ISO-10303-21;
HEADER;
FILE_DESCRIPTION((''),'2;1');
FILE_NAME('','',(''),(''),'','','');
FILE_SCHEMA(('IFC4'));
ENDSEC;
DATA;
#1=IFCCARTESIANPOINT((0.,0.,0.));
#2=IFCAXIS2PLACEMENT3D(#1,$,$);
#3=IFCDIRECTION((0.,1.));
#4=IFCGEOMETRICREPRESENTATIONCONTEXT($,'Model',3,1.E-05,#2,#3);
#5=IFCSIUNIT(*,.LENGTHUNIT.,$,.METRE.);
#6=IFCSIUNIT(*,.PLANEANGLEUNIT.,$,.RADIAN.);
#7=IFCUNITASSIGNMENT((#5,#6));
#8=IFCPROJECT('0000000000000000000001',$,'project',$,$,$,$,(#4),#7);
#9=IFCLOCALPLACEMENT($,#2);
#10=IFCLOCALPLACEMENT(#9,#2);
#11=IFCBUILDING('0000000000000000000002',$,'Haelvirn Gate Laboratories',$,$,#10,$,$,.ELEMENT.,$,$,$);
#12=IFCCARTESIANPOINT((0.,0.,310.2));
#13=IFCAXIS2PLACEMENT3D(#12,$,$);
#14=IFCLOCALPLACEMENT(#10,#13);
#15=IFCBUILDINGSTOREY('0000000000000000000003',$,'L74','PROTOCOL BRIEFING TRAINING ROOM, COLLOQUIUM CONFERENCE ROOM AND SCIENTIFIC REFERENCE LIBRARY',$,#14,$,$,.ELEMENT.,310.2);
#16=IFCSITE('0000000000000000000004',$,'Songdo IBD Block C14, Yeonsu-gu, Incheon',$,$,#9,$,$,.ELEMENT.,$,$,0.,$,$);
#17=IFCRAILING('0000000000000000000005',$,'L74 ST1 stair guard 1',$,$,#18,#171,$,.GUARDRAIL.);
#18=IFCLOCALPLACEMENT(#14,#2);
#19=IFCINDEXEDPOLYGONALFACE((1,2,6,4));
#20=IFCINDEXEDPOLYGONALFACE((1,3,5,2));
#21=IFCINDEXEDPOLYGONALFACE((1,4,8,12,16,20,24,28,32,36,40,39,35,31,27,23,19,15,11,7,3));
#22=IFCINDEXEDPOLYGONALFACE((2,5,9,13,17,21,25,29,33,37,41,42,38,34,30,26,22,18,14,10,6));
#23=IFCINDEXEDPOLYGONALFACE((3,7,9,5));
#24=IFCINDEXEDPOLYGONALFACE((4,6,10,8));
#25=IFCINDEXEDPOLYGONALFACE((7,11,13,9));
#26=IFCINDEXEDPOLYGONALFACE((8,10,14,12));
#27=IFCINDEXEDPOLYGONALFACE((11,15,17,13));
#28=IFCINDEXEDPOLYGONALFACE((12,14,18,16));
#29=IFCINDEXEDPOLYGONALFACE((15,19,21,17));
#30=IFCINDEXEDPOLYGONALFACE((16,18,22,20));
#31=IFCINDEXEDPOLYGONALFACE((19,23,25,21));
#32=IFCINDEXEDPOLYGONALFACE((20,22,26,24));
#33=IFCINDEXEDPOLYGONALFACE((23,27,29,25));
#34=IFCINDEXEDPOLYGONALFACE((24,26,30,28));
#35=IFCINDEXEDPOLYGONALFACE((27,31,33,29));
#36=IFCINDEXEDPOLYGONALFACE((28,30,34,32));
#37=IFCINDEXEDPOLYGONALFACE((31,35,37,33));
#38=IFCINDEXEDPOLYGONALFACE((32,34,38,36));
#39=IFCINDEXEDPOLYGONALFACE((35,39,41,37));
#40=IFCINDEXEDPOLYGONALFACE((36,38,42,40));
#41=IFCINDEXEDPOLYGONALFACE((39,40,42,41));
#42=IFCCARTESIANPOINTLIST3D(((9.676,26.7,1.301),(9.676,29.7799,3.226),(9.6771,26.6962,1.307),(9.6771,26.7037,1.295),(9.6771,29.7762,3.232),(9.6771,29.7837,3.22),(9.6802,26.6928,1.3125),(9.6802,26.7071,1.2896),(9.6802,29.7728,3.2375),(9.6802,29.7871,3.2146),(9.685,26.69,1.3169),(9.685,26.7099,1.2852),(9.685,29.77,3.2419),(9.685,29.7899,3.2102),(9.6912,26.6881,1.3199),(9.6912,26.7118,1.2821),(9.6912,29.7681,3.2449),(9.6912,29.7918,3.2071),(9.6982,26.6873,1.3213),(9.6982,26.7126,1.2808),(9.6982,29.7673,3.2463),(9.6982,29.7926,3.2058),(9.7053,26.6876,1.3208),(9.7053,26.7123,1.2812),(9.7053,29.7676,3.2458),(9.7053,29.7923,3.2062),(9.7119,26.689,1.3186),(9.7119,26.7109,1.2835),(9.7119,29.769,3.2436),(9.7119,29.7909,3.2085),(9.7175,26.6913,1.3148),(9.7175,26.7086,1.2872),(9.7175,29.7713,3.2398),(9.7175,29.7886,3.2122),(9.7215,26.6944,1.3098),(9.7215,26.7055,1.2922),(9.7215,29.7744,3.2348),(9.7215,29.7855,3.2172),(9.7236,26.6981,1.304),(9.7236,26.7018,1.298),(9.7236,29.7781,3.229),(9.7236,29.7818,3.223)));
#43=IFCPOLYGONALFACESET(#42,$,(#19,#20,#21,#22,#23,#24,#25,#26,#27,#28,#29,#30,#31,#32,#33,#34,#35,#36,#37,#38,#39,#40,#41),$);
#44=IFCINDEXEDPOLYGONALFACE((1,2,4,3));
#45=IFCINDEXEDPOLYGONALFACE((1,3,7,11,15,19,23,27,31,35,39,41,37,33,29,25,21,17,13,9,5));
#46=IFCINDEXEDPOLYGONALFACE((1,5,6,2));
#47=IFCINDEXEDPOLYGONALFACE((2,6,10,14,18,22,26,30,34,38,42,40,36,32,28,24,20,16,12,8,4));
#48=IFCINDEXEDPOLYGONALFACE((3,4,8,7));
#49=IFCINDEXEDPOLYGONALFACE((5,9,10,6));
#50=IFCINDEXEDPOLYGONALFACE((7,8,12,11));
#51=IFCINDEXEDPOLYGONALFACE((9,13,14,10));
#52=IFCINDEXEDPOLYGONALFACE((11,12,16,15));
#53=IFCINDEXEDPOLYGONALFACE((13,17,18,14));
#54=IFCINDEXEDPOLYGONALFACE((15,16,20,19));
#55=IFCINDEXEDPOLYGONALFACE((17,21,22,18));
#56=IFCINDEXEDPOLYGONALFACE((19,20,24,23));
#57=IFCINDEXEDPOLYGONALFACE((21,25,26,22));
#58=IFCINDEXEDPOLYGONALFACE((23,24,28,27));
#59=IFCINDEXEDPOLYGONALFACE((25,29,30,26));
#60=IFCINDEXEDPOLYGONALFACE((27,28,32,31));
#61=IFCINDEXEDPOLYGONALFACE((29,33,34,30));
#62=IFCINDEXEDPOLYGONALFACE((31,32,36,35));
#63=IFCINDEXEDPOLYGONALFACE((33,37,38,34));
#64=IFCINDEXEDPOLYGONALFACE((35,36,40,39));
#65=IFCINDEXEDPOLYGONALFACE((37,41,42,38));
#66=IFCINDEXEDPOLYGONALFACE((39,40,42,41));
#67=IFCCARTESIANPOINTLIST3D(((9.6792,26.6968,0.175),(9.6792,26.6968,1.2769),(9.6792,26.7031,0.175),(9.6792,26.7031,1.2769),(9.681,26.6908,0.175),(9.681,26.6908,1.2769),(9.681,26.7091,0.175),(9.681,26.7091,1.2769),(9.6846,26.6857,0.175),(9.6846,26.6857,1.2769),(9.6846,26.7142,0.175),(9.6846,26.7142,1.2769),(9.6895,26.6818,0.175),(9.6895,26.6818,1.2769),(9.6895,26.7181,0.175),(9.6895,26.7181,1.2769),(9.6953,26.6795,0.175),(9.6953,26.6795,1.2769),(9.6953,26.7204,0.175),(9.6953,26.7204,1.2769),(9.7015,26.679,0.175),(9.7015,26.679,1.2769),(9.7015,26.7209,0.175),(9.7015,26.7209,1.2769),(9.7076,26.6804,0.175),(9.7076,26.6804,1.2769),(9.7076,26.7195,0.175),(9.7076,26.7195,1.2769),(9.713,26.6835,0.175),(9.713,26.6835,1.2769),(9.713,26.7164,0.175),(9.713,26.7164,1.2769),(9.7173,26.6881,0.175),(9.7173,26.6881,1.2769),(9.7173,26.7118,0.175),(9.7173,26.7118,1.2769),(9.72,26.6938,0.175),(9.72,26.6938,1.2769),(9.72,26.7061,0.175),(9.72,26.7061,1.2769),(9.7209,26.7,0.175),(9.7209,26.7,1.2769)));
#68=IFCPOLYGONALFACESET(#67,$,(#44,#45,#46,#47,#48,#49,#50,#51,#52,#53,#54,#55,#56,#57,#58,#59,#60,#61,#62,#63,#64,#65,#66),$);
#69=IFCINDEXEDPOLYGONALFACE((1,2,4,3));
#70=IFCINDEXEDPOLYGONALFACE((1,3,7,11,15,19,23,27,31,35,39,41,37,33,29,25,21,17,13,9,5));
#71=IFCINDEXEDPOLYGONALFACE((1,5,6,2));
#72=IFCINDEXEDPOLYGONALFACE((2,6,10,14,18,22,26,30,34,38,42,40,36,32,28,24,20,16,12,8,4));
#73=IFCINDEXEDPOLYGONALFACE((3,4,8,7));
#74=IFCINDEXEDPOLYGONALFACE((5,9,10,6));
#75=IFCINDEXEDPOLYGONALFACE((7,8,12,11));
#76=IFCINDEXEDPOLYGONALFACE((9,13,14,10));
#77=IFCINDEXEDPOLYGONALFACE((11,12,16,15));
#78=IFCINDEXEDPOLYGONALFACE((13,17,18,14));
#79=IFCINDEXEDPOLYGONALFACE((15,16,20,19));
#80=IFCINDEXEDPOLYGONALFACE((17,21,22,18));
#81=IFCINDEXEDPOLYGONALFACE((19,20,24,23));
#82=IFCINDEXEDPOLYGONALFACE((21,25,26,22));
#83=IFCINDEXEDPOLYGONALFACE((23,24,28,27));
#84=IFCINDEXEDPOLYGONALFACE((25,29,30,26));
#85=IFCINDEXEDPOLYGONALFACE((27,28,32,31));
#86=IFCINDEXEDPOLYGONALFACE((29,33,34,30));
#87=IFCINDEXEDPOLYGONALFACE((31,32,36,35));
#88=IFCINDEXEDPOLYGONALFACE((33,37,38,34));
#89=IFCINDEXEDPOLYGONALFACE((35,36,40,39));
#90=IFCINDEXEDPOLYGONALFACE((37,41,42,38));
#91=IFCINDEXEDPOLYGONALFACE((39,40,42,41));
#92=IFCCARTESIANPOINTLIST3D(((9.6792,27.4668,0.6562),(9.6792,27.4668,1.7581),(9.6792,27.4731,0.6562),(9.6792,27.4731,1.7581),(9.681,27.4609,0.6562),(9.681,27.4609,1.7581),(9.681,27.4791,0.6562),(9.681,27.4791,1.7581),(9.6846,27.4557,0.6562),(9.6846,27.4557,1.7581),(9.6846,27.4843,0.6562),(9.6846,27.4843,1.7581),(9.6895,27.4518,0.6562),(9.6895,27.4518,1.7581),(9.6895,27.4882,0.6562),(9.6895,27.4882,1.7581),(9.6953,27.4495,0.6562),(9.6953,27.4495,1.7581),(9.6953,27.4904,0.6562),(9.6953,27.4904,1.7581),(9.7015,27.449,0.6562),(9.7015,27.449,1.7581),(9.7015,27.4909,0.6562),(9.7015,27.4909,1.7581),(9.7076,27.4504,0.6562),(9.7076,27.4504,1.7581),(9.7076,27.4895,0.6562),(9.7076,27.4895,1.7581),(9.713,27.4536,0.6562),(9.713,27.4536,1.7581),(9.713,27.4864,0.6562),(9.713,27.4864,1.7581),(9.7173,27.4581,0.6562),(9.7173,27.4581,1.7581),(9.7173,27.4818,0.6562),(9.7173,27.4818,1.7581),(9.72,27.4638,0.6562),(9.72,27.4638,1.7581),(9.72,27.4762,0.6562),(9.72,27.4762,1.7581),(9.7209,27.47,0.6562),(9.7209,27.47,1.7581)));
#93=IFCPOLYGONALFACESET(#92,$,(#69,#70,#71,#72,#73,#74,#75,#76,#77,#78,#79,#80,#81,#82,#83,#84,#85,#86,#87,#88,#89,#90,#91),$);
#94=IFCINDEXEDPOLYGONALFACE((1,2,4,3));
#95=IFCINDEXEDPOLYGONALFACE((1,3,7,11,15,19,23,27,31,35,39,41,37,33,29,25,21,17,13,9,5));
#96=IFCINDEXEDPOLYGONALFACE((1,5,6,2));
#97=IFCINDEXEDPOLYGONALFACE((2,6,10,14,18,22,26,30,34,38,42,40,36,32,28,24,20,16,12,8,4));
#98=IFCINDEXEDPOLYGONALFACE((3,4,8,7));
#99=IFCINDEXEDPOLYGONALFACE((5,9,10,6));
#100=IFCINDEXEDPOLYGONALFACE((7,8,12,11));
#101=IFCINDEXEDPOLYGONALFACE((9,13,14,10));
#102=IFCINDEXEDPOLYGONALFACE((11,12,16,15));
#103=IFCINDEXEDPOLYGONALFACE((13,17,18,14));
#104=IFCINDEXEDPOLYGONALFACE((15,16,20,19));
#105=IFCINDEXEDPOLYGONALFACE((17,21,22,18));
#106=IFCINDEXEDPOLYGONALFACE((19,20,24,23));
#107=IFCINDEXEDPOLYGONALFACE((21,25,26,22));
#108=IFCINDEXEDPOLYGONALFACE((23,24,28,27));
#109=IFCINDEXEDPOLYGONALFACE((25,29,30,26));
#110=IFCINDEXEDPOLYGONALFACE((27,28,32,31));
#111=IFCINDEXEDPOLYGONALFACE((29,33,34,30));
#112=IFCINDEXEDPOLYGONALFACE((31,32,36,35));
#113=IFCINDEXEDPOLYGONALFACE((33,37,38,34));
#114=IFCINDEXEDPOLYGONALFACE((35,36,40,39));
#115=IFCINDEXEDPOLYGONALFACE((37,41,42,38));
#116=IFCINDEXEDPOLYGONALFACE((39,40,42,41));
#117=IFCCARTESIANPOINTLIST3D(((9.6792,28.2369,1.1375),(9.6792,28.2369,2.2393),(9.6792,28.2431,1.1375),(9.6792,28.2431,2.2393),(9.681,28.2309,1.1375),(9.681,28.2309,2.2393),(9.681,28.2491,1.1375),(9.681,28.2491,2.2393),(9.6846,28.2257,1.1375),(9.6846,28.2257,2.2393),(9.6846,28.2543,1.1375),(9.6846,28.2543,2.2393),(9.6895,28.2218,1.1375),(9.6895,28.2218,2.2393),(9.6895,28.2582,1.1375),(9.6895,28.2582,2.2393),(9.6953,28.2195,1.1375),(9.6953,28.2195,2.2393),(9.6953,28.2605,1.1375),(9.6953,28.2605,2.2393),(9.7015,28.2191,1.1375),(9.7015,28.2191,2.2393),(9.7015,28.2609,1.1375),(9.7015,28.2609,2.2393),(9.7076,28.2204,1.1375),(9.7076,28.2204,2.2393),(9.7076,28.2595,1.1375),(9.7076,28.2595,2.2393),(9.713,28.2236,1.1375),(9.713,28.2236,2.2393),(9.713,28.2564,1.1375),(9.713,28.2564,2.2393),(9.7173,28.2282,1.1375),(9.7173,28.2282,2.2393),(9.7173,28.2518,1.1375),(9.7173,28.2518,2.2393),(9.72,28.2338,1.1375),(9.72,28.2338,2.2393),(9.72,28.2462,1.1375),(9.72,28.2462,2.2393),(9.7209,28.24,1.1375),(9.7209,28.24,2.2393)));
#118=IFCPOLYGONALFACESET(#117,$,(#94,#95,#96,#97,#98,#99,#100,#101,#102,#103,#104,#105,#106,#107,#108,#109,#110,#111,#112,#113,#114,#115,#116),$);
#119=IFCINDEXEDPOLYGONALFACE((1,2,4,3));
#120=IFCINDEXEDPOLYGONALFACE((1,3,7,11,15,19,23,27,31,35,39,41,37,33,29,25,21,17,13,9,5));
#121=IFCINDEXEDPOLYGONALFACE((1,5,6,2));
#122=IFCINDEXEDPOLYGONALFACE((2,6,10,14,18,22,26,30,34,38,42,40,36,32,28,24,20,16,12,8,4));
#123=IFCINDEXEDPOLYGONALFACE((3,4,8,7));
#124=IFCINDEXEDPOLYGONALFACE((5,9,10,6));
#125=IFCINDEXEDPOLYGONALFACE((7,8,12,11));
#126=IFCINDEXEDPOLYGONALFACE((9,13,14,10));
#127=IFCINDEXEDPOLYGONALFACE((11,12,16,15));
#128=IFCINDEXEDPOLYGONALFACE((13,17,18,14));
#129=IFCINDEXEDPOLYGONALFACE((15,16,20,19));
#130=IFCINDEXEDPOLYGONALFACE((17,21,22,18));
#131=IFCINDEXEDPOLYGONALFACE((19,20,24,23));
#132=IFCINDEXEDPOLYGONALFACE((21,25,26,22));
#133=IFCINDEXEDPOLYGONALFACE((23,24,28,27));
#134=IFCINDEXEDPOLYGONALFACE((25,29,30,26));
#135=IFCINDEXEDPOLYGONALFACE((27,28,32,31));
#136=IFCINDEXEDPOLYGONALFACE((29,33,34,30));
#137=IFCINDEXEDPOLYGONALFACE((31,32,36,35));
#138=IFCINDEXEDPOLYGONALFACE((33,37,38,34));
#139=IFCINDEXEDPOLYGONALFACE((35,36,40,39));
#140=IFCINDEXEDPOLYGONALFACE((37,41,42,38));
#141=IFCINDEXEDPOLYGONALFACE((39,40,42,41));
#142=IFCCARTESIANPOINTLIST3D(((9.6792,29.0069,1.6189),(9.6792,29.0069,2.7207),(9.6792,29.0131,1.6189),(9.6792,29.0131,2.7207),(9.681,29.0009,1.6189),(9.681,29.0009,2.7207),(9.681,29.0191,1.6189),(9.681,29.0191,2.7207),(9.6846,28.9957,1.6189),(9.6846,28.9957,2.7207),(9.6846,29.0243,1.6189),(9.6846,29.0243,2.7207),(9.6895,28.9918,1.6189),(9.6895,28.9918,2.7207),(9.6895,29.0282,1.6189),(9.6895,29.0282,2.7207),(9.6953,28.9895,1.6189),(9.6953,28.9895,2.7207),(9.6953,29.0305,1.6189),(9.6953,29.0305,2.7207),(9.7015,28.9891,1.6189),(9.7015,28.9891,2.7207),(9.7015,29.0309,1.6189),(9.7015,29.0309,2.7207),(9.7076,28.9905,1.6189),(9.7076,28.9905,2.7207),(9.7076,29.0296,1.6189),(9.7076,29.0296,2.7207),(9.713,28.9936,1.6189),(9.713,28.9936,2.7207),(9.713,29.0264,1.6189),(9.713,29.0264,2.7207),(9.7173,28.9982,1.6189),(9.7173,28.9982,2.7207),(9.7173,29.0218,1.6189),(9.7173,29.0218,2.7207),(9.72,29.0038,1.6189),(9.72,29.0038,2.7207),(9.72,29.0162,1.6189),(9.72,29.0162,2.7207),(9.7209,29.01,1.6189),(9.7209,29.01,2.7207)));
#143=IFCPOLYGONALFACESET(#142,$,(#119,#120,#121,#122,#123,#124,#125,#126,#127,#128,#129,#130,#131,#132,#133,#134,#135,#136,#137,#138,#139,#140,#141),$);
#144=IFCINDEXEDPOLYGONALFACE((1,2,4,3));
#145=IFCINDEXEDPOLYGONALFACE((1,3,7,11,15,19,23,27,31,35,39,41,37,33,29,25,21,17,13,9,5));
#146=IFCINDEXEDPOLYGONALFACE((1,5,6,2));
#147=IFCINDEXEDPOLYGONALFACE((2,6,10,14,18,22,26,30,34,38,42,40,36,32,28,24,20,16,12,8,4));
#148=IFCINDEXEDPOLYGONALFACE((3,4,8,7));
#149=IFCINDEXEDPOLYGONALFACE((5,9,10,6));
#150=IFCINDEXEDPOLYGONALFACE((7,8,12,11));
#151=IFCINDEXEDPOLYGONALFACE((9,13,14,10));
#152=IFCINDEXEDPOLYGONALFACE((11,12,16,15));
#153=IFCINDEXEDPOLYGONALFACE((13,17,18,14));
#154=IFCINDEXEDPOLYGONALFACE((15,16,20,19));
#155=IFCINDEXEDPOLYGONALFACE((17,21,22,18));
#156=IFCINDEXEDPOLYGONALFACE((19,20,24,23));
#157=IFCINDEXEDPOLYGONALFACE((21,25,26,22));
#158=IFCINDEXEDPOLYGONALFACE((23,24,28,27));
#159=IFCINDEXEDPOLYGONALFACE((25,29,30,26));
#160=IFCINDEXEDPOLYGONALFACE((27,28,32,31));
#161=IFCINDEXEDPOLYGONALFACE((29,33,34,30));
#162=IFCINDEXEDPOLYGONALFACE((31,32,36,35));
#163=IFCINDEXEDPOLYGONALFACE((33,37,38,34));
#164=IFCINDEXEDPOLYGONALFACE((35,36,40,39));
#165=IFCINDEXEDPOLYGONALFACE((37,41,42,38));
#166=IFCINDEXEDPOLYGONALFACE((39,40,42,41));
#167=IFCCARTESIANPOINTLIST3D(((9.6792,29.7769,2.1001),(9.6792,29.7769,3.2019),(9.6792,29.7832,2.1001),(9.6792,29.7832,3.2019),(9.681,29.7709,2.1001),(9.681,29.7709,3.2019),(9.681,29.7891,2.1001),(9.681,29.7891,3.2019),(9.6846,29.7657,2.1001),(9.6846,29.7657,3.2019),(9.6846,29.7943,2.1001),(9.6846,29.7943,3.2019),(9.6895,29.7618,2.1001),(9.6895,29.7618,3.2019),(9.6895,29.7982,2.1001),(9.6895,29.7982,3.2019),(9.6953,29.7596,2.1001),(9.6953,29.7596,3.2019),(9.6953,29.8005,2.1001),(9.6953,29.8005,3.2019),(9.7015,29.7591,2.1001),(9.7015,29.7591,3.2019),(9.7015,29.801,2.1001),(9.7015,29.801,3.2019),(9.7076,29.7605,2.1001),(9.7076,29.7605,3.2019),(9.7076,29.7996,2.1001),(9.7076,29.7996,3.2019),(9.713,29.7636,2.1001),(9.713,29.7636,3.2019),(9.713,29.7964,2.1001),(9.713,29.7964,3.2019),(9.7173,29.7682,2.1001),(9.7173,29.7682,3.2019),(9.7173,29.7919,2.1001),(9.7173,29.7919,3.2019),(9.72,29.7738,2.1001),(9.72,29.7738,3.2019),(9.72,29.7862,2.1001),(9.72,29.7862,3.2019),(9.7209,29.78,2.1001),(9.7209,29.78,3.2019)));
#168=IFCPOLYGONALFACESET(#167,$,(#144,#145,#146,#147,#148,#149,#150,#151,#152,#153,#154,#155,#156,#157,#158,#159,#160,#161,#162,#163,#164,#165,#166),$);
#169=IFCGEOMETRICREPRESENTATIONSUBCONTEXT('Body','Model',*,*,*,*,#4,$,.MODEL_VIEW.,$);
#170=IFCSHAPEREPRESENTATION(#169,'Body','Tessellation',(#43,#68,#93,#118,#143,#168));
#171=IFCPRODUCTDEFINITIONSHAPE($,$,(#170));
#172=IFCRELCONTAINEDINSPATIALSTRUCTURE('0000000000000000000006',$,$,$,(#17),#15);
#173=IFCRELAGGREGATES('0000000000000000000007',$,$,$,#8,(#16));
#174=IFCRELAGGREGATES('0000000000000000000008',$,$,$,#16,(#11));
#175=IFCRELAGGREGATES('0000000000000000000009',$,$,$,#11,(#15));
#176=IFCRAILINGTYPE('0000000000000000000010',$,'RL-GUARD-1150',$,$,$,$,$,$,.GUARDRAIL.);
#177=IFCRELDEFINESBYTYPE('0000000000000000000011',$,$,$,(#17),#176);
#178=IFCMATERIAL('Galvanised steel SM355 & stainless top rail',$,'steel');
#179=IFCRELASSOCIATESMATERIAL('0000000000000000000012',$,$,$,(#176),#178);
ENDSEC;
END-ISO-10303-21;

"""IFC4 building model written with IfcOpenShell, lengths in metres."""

from ifc_helpers import new_model, si_unit, direction, frame, origin, origin_2d, place, context, subcontext, project, spatial, circle, extrude, source, transform, mapped, material, type_object, element, save


model = new_model("IFC4")

# Units and contexts
model_context = context("Model", 3, precision=1e-05, world=origin(), true_north=direction((0.0, 1.0)))
body_context = subcontext(model_context, "Body", "Model", "MODEL_VIEW")
ifc_project = project(units=[si_unit("LENGTHUNIT", "METRE"), si_unit("PLANEANGLEUNIT", "RADIAN")], contexts=[model_context])

# Site, building, storey
site_placement = place(None, origin())
site = spatial("IfcSite", under=ifc_project, at=site_placement, Name="Songdo IBD Block C14, Yeonsu-gu, Incheon", CompositionType="ELEMENT", RefElevation=0.0)
building_placement = place(site_placement, origin())
building = spatial("IfcBuilding", under=site, at=building_placement, Name="Haelvirn Gate Laboratories", CompositionType="ELEMENT")
storey_placement = place(building_placement, frame((0.0, 0.0, 310.2)))
storey = spatial("IfcBuildingStorey", under=building, at=storey_placement, Name="L74", Description="PROTOCOL BRIEFING TRAINING ROOM, COLLOQUIUM CONFERENCE ROOM AND SCIENTIFIC REFERENCE LIBRARY", CompositionType="ELEMENT", Elevation=310.2)

# Railing
ifc_material_1 = material(Name="Galvanised steel SM355 & stainless top rail", Category="steel")
railing_type_1 = type_object("IfcRailingType", Name="RL-GUARD-1150", PredefinedType="GUARDRAIL", material=ifc_material_1)
shared_shape_1 = source(origin(), body_context, "Body", "SweptSolid", [
    extrude(circle(Radius=0.0239, at=origin_2d()), frame((0.0, 0.0, 1.126), z_axis=(0.0, 0.847998, 0.529999), x_axis=(-1.0, 0.0, 0.0)), (0.0, 0.0, 1.0), 3.6321),
    extrude(circle(Radius=0.021, at=origin_2d()), origin(), (0.0, 0.0, 1.0), 1.1018),
    extrude(circle(Radius=0.021, at=origin_2d()), frame((0.0, 0.77, 0.4812)), (0.0, 0.0, 1.0), 1.1018),
    extrude(circle(Radius=0.021, at=origin_2d()), frame((0.0, 1.54, 0.9624)), (0.0, 0.0, 1.0), 1.1018),
    extrude(circle(Radius=0.021, at=origin_2d()), frame((0.0, 2.3101, 1.4438)), (0.0, 0.0, 1.0), 1.1018),
    extrude(circle(Radius=0.021, at=origin_2d()), frame((0.0, 3.0801, 1.925)), (0.0, 0.0, 1.0), 1.1018),
])
railing_1_placement = place(storey_placement, frame((9.7, 26.7, 0.175)))
element("IfcRailing", 1, at=railing_1_placement, inside=storey, type_object=railing_type_1, Name="L74 ST1 stair guard 1", PredefinedType="GUARDRAIL", context=body_context, shape_type="MappedRepresentation", body=[
    mapped(shared_shape_1, transform((0.0, 0.0, 0.0), scale=1.0)),
])

save(model, "model.ifc")
